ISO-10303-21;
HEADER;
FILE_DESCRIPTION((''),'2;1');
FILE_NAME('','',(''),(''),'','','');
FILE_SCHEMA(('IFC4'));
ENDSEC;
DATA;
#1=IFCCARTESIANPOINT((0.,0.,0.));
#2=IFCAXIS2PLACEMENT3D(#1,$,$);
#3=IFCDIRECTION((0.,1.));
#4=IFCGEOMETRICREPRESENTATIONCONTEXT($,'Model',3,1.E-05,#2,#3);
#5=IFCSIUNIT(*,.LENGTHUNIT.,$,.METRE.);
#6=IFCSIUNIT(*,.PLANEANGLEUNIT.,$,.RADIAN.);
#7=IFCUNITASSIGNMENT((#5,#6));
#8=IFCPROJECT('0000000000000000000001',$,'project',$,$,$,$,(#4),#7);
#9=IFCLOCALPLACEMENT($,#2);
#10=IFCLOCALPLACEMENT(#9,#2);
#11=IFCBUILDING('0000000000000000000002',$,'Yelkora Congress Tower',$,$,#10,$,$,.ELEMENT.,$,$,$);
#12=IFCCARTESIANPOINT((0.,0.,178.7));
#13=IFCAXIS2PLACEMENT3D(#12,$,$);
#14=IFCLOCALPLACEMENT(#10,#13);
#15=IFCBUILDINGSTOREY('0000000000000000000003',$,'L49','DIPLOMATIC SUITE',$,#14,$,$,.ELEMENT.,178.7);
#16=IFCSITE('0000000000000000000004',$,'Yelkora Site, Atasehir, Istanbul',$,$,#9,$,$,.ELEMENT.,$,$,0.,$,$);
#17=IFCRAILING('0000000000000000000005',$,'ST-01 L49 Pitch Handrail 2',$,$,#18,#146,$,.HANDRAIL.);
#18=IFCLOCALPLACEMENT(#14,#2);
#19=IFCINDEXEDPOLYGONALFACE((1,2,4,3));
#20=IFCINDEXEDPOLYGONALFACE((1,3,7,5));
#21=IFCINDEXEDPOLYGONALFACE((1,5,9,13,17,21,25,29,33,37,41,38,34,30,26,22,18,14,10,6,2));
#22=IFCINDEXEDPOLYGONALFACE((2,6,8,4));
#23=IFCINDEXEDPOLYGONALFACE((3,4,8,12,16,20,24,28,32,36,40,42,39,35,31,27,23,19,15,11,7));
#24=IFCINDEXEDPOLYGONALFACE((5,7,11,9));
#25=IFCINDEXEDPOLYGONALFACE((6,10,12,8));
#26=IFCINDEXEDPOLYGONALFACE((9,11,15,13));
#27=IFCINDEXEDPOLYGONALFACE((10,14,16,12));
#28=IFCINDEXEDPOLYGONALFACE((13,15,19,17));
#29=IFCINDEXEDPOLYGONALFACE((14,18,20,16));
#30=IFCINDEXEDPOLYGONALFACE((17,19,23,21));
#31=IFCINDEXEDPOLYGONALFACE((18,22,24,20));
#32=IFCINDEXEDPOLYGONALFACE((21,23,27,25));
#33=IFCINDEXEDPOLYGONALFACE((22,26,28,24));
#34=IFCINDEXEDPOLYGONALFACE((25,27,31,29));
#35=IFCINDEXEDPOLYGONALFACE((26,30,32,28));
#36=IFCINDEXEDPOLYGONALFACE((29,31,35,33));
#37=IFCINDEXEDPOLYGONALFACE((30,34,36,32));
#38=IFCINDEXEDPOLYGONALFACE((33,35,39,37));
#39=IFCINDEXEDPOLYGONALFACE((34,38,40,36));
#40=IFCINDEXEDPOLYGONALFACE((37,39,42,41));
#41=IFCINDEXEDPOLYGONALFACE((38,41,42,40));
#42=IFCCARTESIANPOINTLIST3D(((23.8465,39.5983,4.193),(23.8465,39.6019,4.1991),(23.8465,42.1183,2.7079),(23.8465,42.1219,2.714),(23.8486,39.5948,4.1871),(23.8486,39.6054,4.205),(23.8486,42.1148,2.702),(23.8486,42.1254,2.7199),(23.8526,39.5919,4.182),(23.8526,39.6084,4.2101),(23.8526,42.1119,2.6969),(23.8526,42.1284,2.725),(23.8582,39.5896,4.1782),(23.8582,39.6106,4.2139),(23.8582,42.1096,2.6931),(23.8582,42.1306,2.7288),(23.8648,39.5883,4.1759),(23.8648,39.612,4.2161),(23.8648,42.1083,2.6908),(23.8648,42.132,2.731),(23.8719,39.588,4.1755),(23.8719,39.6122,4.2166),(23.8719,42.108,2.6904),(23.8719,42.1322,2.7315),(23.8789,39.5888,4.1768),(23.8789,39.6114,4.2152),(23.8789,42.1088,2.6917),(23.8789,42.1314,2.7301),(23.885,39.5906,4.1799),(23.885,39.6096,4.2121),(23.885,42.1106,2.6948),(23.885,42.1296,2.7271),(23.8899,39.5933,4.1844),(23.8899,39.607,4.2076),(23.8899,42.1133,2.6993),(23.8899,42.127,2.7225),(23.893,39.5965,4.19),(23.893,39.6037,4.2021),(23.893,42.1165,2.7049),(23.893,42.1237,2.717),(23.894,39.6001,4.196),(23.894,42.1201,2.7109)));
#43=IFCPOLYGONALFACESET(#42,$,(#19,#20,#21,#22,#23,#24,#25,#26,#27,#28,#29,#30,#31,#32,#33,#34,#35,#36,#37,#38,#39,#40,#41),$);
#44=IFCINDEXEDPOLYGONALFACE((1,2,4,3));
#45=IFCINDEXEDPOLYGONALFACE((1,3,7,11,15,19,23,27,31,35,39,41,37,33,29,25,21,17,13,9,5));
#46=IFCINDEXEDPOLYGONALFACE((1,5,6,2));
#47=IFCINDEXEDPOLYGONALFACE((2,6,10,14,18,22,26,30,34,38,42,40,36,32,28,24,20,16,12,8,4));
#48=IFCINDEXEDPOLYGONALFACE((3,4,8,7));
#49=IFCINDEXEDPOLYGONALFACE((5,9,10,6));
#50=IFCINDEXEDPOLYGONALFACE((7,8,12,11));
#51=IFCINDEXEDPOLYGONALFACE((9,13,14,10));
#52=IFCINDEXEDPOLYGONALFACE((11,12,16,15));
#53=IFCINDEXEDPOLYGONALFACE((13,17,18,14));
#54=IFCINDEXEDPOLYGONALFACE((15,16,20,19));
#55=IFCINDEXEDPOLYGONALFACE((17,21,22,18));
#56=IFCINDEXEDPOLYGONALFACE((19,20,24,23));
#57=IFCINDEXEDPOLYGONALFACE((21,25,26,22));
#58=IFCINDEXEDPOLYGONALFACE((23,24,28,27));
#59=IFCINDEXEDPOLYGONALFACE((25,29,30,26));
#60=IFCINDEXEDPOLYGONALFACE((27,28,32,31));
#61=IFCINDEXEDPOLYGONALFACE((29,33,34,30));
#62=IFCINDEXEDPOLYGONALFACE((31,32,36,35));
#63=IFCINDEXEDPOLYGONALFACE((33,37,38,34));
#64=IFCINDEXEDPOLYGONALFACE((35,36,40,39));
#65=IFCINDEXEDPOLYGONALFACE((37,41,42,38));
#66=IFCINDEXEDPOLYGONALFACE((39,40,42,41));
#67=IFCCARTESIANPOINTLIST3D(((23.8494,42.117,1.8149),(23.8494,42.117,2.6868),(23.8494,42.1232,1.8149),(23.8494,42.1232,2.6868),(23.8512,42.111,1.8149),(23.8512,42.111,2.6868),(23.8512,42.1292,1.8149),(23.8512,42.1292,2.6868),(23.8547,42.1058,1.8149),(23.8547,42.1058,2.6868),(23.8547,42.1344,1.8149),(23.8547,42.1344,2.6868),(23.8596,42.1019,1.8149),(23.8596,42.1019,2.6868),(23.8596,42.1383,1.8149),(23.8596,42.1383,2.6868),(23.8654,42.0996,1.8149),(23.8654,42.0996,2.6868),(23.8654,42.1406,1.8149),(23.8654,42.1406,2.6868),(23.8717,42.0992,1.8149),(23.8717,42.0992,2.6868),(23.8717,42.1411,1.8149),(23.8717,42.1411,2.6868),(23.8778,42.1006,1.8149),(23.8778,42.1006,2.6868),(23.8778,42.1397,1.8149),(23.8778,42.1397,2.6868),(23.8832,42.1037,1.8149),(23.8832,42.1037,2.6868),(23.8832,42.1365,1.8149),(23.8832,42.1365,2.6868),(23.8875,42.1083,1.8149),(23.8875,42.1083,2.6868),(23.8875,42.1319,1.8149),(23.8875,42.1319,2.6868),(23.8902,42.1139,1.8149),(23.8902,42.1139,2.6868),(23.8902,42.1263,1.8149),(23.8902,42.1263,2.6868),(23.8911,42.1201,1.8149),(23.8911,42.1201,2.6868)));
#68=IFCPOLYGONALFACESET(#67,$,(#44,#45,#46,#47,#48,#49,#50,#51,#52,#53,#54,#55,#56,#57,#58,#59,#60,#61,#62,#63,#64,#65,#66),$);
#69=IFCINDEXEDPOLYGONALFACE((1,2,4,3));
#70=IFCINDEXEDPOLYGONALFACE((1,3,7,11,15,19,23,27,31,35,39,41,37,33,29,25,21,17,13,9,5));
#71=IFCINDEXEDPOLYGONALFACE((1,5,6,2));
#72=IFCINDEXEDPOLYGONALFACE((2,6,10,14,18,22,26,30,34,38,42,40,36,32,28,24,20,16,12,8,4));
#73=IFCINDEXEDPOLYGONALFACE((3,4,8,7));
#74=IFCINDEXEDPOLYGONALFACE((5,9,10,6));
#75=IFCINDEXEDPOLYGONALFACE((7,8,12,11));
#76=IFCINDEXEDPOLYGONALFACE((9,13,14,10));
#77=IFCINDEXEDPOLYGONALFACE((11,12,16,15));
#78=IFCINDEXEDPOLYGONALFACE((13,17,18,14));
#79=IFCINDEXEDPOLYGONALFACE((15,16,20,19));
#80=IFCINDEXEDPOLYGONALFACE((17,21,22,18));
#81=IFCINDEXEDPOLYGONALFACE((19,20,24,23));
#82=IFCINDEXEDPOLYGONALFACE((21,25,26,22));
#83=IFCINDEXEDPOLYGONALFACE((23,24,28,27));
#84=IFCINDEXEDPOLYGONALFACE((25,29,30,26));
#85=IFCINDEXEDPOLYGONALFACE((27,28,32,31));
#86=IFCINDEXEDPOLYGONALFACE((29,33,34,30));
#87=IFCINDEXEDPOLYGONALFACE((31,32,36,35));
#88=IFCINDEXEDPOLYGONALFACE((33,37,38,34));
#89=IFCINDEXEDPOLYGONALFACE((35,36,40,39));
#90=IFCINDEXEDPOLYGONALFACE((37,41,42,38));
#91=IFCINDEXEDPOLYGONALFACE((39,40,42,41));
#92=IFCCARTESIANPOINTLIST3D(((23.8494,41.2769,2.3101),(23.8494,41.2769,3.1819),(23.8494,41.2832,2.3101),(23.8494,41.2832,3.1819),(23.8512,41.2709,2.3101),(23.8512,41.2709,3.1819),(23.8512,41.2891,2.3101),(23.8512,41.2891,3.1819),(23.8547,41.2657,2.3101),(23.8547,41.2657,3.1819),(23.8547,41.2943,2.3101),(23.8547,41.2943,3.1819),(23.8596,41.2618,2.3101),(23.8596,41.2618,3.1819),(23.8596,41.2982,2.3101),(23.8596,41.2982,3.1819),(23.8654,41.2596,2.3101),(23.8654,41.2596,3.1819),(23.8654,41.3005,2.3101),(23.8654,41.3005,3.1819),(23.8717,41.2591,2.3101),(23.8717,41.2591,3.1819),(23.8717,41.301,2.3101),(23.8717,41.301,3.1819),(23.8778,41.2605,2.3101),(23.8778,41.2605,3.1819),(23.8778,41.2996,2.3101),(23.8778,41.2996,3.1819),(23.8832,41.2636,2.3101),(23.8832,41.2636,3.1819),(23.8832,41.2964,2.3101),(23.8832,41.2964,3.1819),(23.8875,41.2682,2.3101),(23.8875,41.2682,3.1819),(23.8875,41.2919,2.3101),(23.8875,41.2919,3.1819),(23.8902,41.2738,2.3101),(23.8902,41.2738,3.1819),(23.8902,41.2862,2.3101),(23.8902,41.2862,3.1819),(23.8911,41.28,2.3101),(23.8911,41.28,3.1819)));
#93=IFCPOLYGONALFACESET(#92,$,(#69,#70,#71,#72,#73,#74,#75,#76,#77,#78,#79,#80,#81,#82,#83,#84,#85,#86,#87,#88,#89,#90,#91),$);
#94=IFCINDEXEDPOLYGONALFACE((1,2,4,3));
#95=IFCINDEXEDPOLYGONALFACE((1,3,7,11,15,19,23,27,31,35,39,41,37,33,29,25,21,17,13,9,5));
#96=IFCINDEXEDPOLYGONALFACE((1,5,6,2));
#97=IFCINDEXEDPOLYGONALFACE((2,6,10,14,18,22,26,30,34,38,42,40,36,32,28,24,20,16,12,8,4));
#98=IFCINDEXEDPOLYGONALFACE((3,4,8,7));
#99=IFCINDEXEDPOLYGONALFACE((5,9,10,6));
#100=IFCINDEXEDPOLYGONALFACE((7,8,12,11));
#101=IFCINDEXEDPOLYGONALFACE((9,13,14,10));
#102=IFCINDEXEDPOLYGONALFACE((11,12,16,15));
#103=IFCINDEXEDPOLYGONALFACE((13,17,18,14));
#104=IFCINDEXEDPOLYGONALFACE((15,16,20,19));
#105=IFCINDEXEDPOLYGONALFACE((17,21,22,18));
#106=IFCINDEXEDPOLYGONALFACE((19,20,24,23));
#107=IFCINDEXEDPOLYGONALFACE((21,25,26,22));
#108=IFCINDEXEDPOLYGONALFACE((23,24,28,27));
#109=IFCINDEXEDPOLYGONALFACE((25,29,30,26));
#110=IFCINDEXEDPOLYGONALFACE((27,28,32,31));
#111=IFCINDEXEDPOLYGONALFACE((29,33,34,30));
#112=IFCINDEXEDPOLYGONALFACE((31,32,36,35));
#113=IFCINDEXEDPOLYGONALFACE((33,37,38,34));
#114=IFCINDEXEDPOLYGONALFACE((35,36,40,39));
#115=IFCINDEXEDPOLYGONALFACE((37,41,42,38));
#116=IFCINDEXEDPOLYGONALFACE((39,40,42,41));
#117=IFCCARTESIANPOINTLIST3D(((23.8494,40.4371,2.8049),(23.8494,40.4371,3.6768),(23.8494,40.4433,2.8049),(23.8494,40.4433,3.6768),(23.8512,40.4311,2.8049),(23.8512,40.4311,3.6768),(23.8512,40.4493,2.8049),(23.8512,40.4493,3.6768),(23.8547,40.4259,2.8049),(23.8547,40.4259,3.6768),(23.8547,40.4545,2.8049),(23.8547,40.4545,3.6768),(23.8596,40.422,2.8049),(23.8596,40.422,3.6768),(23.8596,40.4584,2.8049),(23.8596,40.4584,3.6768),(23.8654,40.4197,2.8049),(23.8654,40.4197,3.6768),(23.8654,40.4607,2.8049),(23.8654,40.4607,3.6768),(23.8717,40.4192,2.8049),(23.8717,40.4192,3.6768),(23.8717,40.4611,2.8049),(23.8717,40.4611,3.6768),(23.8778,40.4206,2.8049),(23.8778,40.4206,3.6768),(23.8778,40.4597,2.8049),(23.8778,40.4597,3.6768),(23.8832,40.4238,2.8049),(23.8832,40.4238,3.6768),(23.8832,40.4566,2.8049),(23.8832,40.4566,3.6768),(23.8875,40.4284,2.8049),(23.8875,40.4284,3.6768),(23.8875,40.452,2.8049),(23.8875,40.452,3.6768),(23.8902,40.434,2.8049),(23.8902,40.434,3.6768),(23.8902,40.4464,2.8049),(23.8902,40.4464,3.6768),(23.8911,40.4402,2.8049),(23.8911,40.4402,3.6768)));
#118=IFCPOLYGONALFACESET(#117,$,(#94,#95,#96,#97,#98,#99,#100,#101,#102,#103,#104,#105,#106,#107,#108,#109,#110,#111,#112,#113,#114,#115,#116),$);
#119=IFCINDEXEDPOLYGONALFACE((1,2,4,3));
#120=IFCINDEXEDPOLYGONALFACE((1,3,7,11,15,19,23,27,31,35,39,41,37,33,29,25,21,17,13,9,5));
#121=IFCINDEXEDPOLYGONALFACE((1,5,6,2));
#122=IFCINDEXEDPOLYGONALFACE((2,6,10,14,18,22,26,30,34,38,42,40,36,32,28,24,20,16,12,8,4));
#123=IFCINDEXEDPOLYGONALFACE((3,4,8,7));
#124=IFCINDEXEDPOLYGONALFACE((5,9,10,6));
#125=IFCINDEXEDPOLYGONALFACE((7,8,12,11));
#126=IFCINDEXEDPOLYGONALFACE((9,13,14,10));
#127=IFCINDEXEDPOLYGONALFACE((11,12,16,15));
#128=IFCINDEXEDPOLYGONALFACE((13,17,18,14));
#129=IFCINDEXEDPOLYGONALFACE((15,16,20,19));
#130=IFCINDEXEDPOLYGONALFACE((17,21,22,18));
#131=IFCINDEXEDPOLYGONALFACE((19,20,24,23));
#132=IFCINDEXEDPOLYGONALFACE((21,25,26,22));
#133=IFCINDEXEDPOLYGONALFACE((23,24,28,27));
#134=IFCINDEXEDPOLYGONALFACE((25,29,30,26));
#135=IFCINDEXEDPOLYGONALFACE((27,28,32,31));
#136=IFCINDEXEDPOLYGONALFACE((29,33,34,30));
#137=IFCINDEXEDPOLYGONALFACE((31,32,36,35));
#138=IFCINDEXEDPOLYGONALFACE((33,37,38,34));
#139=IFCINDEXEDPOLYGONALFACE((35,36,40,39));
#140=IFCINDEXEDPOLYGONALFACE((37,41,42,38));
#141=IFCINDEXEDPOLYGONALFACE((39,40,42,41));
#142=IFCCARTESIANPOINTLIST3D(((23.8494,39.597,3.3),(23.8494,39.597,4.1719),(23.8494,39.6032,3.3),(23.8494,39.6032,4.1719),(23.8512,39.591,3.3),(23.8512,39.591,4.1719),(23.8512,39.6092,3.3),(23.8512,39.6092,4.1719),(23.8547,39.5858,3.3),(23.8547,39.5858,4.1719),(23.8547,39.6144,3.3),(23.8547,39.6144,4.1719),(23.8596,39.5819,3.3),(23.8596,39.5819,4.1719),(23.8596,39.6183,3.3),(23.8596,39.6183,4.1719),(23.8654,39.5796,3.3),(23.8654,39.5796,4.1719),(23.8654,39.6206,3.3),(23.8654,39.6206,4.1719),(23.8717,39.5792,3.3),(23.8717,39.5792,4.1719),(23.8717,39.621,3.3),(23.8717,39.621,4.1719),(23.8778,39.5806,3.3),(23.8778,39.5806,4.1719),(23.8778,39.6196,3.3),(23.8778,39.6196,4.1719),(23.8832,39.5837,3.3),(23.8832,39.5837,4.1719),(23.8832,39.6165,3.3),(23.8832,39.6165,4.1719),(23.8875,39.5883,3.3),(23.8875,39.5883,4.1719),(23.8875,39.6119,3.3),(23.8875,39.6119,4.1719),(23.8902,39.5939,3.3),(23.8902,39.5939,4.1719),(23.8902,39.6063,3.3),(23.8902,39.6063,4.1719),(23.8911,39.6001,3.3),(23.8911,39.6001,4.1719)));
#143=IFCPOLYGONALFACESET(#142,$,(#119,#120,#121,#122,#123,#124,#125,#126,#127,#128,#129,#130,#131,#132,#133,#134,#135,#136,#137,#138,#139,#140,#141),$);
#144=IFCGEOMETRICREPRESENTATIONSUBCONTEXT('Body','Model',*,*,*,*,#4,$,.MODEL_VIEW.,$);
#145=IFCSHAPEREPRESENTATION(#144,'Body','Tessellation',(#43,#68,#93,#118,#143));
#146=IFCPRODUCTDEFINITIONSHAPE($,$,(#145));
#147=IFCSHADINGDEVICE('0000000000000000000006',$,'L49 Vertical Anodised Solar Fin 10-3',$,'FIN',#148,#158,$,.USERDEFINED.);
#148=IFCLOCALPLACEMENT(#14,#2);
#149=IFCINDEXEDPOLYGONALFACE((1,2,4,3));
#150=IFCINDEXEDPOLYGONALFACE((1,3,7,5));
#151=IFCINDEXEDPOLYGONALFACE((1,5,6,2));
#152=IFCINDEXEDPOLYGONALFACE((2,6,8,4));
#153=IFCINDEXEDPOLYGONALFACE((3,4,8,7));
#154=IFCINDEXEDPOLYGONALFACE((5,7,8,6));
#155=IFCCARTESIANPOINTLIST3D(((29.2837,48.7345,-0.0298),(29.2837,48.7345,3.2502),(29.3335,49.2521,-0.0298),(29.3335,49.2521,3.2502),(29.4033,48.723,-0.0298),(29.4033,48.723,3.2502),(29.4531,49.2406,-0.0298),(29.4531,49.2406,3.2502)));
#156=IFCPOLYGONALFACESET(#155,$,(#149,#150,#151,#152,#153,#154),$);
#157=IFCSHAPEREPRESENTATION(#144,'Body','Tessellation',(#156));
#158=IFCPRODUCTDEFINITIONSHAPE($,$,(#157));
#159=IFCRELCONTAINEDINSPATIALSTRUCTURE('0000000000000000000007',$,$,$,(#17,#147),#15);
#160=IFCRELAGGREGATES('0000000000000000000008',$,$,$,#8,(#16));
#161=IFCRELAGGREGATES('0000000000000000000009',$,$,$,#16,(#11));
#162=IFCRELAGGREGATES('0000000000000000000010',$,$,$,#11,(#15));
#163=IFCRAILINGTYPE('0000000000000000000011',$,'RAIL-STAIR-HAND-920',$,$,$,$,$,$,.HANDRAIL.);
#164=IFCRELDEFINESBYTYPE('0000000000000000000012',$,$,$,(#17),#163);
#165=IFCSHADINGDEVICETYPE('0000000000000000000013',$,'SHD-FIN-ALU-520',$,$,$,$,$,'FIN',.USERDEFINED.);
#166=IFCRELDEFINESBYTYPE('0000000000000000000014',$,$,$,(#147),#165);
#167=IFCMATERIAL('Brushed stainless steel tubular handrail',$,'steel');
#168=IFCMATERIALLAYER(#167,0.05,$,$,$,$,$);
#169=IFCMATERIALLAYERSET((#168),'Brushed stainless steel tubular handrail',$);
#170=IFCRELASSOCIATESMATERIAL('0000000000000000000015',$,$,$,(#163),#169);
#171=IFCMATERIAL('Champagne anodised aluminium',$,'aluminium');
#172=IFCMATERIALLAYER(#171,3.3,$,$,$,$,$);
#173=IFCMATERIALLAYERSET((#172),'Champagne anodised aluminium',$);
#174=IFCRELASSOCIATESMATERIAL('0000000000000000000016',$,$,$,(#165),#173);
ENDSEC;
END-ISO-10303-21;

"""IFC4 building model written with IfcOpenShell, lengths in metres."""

from ifc_helpers import new_model, si_unit, direction, frame, origin, origin_2d, place, context, subcontext, project, spatial, rectangle, circle, extrude, material, layer, layer_set, type_object, element, save


model = new_model("IFC4")

# Units and contexts
model_context = context("Model", 3, precision=1e-05, world=origin(), true_north=direction((0.0, 1.0)))
body_context = subcontext(model_context, "Body", "Model", "MODEL_VIEW")
ifc_project = project(units=[si_unit("LENGTHUNIT", "METRE"), si_unit("PLANEANGLEUNIT", "RADIAN")], contexts=[model_context])

# Site, building, storey
site_placement = place(None, origin())
site = spatial("IfcSite", under=ifc_project, at=site_placement, Name="Yelkora Site, Atasehir, Istanbul", CompositionType="ELEMENT", RefElevation=0.0)
building_placement = place(site_placement, origin())
building = spatial("IfcBuilding", under=site, at=building_placement, Name="Yelkora Congress Tower", CompositionType="ELEMENT")
storey_placement = place(building_placement, frame((0.0, 0.0, 178.7)))
storey = spatial("IfcBuildingStorey", under=building, at=storey_placement, Name="L49", Description="DIPLOMATIC SUITE", CompositionType="ELEMENT", Elevation=178.7)

# Railing
ifc_material_1 = material(Name="Brushed stainless steel tubular handrail", Category="steel")
ifc_layer_1 = layer(ifc_material_1, 0.05)
ifc_layer_set_1 = layer_set([ifc_layer_1], Name="Brushed stainless steel tubular handrail")
railing_type_1 = type_object("IfcRailingType", Name="RAIL-STAIR-HAND-920", PredefinedType="HANDRAIL", material=ifc_layer_set_1)
railing_1_placement = place(storey_placement, frame((23.8701, 42.1201, 1.8149)))
element("IfcRailing", 1, at=railing_1_placement, inside=storey, type_object=railing_type_1, Name="ST-01 L49 Pitch Handrail 2", PredefinedType="HANDRAIL", context=body_context, shape_type="SweptSolid", body=[
    extrude(circle(Radius=0.0239, at=origin_2d()), frame((0.0, 0.0, 0.896), z_axis=(0.0, -0.861524, 0.507717), x_axis=(1.0, 0.0, 0.0)), (0.0, 0.0, 1.0), 2.925),
    extrude(circle(Radius=0.021, at=origin_2d()), origin(), (0.0, 0.0, 1.0), 0.8718),
    extrude(circle(Radius=0.021, at=origin_2d()), frame((0.0, -0.8401, 0.4951)), (0.0, 0.0, 1.0), 0.8718),
    extrude(circle(Radius=0.021, at=origin_2d()), frame((0.0, -1.6799, 0.99)), (0.0, 0.0, 1.0), 0.8718),
    extrude(circle(Radius=0.021, at=origin_2d()), frame((0.0, -2.52, 1.4851)), (0.0, 0.0, 1.0), 0.8718),
])

# Shading device
ifc_material_2 = material(Name="Champagne anodised aluminium", Category="aluminium")
ifc_layer_2 = layer(ifc_material_2, 3.3)
ifc_layer_set_2 = layer_set([ifc_layer_2], Name="Champagne anodised aluminium")
shading_device_type = type_object("IfcShadingDeviceType", Name="SHD-FIN-ALU-520", ElementType="FIN", PredefinedType="USERDEFINED", material=ifc_layer_set_2)
shading_device_placement = place(storey_placement, frame((29.3684, 48.9875, -0.0298), z_axis=(0.0, 0.0, 1.0), x_axis=(0.995396, -0.095846, 0.0)))
element("IfcShadingDevice", 2, at=shading_device_placement, inside=storey, type_object=shading_device_type, Name="L49 Vertical Anodised Solar Fin 10-3", ObjectType="FIN", PredefinedType="USERDEFINED", context=body_context, shape_type="SweptSolid", body=[
    extrude(rectangle(XDim=0.1201, YDim=0.52, at=origin_2d()), origin(), (0.0, 0.0, 1.0), 3.28),
])

save(model, "model.ifc")
